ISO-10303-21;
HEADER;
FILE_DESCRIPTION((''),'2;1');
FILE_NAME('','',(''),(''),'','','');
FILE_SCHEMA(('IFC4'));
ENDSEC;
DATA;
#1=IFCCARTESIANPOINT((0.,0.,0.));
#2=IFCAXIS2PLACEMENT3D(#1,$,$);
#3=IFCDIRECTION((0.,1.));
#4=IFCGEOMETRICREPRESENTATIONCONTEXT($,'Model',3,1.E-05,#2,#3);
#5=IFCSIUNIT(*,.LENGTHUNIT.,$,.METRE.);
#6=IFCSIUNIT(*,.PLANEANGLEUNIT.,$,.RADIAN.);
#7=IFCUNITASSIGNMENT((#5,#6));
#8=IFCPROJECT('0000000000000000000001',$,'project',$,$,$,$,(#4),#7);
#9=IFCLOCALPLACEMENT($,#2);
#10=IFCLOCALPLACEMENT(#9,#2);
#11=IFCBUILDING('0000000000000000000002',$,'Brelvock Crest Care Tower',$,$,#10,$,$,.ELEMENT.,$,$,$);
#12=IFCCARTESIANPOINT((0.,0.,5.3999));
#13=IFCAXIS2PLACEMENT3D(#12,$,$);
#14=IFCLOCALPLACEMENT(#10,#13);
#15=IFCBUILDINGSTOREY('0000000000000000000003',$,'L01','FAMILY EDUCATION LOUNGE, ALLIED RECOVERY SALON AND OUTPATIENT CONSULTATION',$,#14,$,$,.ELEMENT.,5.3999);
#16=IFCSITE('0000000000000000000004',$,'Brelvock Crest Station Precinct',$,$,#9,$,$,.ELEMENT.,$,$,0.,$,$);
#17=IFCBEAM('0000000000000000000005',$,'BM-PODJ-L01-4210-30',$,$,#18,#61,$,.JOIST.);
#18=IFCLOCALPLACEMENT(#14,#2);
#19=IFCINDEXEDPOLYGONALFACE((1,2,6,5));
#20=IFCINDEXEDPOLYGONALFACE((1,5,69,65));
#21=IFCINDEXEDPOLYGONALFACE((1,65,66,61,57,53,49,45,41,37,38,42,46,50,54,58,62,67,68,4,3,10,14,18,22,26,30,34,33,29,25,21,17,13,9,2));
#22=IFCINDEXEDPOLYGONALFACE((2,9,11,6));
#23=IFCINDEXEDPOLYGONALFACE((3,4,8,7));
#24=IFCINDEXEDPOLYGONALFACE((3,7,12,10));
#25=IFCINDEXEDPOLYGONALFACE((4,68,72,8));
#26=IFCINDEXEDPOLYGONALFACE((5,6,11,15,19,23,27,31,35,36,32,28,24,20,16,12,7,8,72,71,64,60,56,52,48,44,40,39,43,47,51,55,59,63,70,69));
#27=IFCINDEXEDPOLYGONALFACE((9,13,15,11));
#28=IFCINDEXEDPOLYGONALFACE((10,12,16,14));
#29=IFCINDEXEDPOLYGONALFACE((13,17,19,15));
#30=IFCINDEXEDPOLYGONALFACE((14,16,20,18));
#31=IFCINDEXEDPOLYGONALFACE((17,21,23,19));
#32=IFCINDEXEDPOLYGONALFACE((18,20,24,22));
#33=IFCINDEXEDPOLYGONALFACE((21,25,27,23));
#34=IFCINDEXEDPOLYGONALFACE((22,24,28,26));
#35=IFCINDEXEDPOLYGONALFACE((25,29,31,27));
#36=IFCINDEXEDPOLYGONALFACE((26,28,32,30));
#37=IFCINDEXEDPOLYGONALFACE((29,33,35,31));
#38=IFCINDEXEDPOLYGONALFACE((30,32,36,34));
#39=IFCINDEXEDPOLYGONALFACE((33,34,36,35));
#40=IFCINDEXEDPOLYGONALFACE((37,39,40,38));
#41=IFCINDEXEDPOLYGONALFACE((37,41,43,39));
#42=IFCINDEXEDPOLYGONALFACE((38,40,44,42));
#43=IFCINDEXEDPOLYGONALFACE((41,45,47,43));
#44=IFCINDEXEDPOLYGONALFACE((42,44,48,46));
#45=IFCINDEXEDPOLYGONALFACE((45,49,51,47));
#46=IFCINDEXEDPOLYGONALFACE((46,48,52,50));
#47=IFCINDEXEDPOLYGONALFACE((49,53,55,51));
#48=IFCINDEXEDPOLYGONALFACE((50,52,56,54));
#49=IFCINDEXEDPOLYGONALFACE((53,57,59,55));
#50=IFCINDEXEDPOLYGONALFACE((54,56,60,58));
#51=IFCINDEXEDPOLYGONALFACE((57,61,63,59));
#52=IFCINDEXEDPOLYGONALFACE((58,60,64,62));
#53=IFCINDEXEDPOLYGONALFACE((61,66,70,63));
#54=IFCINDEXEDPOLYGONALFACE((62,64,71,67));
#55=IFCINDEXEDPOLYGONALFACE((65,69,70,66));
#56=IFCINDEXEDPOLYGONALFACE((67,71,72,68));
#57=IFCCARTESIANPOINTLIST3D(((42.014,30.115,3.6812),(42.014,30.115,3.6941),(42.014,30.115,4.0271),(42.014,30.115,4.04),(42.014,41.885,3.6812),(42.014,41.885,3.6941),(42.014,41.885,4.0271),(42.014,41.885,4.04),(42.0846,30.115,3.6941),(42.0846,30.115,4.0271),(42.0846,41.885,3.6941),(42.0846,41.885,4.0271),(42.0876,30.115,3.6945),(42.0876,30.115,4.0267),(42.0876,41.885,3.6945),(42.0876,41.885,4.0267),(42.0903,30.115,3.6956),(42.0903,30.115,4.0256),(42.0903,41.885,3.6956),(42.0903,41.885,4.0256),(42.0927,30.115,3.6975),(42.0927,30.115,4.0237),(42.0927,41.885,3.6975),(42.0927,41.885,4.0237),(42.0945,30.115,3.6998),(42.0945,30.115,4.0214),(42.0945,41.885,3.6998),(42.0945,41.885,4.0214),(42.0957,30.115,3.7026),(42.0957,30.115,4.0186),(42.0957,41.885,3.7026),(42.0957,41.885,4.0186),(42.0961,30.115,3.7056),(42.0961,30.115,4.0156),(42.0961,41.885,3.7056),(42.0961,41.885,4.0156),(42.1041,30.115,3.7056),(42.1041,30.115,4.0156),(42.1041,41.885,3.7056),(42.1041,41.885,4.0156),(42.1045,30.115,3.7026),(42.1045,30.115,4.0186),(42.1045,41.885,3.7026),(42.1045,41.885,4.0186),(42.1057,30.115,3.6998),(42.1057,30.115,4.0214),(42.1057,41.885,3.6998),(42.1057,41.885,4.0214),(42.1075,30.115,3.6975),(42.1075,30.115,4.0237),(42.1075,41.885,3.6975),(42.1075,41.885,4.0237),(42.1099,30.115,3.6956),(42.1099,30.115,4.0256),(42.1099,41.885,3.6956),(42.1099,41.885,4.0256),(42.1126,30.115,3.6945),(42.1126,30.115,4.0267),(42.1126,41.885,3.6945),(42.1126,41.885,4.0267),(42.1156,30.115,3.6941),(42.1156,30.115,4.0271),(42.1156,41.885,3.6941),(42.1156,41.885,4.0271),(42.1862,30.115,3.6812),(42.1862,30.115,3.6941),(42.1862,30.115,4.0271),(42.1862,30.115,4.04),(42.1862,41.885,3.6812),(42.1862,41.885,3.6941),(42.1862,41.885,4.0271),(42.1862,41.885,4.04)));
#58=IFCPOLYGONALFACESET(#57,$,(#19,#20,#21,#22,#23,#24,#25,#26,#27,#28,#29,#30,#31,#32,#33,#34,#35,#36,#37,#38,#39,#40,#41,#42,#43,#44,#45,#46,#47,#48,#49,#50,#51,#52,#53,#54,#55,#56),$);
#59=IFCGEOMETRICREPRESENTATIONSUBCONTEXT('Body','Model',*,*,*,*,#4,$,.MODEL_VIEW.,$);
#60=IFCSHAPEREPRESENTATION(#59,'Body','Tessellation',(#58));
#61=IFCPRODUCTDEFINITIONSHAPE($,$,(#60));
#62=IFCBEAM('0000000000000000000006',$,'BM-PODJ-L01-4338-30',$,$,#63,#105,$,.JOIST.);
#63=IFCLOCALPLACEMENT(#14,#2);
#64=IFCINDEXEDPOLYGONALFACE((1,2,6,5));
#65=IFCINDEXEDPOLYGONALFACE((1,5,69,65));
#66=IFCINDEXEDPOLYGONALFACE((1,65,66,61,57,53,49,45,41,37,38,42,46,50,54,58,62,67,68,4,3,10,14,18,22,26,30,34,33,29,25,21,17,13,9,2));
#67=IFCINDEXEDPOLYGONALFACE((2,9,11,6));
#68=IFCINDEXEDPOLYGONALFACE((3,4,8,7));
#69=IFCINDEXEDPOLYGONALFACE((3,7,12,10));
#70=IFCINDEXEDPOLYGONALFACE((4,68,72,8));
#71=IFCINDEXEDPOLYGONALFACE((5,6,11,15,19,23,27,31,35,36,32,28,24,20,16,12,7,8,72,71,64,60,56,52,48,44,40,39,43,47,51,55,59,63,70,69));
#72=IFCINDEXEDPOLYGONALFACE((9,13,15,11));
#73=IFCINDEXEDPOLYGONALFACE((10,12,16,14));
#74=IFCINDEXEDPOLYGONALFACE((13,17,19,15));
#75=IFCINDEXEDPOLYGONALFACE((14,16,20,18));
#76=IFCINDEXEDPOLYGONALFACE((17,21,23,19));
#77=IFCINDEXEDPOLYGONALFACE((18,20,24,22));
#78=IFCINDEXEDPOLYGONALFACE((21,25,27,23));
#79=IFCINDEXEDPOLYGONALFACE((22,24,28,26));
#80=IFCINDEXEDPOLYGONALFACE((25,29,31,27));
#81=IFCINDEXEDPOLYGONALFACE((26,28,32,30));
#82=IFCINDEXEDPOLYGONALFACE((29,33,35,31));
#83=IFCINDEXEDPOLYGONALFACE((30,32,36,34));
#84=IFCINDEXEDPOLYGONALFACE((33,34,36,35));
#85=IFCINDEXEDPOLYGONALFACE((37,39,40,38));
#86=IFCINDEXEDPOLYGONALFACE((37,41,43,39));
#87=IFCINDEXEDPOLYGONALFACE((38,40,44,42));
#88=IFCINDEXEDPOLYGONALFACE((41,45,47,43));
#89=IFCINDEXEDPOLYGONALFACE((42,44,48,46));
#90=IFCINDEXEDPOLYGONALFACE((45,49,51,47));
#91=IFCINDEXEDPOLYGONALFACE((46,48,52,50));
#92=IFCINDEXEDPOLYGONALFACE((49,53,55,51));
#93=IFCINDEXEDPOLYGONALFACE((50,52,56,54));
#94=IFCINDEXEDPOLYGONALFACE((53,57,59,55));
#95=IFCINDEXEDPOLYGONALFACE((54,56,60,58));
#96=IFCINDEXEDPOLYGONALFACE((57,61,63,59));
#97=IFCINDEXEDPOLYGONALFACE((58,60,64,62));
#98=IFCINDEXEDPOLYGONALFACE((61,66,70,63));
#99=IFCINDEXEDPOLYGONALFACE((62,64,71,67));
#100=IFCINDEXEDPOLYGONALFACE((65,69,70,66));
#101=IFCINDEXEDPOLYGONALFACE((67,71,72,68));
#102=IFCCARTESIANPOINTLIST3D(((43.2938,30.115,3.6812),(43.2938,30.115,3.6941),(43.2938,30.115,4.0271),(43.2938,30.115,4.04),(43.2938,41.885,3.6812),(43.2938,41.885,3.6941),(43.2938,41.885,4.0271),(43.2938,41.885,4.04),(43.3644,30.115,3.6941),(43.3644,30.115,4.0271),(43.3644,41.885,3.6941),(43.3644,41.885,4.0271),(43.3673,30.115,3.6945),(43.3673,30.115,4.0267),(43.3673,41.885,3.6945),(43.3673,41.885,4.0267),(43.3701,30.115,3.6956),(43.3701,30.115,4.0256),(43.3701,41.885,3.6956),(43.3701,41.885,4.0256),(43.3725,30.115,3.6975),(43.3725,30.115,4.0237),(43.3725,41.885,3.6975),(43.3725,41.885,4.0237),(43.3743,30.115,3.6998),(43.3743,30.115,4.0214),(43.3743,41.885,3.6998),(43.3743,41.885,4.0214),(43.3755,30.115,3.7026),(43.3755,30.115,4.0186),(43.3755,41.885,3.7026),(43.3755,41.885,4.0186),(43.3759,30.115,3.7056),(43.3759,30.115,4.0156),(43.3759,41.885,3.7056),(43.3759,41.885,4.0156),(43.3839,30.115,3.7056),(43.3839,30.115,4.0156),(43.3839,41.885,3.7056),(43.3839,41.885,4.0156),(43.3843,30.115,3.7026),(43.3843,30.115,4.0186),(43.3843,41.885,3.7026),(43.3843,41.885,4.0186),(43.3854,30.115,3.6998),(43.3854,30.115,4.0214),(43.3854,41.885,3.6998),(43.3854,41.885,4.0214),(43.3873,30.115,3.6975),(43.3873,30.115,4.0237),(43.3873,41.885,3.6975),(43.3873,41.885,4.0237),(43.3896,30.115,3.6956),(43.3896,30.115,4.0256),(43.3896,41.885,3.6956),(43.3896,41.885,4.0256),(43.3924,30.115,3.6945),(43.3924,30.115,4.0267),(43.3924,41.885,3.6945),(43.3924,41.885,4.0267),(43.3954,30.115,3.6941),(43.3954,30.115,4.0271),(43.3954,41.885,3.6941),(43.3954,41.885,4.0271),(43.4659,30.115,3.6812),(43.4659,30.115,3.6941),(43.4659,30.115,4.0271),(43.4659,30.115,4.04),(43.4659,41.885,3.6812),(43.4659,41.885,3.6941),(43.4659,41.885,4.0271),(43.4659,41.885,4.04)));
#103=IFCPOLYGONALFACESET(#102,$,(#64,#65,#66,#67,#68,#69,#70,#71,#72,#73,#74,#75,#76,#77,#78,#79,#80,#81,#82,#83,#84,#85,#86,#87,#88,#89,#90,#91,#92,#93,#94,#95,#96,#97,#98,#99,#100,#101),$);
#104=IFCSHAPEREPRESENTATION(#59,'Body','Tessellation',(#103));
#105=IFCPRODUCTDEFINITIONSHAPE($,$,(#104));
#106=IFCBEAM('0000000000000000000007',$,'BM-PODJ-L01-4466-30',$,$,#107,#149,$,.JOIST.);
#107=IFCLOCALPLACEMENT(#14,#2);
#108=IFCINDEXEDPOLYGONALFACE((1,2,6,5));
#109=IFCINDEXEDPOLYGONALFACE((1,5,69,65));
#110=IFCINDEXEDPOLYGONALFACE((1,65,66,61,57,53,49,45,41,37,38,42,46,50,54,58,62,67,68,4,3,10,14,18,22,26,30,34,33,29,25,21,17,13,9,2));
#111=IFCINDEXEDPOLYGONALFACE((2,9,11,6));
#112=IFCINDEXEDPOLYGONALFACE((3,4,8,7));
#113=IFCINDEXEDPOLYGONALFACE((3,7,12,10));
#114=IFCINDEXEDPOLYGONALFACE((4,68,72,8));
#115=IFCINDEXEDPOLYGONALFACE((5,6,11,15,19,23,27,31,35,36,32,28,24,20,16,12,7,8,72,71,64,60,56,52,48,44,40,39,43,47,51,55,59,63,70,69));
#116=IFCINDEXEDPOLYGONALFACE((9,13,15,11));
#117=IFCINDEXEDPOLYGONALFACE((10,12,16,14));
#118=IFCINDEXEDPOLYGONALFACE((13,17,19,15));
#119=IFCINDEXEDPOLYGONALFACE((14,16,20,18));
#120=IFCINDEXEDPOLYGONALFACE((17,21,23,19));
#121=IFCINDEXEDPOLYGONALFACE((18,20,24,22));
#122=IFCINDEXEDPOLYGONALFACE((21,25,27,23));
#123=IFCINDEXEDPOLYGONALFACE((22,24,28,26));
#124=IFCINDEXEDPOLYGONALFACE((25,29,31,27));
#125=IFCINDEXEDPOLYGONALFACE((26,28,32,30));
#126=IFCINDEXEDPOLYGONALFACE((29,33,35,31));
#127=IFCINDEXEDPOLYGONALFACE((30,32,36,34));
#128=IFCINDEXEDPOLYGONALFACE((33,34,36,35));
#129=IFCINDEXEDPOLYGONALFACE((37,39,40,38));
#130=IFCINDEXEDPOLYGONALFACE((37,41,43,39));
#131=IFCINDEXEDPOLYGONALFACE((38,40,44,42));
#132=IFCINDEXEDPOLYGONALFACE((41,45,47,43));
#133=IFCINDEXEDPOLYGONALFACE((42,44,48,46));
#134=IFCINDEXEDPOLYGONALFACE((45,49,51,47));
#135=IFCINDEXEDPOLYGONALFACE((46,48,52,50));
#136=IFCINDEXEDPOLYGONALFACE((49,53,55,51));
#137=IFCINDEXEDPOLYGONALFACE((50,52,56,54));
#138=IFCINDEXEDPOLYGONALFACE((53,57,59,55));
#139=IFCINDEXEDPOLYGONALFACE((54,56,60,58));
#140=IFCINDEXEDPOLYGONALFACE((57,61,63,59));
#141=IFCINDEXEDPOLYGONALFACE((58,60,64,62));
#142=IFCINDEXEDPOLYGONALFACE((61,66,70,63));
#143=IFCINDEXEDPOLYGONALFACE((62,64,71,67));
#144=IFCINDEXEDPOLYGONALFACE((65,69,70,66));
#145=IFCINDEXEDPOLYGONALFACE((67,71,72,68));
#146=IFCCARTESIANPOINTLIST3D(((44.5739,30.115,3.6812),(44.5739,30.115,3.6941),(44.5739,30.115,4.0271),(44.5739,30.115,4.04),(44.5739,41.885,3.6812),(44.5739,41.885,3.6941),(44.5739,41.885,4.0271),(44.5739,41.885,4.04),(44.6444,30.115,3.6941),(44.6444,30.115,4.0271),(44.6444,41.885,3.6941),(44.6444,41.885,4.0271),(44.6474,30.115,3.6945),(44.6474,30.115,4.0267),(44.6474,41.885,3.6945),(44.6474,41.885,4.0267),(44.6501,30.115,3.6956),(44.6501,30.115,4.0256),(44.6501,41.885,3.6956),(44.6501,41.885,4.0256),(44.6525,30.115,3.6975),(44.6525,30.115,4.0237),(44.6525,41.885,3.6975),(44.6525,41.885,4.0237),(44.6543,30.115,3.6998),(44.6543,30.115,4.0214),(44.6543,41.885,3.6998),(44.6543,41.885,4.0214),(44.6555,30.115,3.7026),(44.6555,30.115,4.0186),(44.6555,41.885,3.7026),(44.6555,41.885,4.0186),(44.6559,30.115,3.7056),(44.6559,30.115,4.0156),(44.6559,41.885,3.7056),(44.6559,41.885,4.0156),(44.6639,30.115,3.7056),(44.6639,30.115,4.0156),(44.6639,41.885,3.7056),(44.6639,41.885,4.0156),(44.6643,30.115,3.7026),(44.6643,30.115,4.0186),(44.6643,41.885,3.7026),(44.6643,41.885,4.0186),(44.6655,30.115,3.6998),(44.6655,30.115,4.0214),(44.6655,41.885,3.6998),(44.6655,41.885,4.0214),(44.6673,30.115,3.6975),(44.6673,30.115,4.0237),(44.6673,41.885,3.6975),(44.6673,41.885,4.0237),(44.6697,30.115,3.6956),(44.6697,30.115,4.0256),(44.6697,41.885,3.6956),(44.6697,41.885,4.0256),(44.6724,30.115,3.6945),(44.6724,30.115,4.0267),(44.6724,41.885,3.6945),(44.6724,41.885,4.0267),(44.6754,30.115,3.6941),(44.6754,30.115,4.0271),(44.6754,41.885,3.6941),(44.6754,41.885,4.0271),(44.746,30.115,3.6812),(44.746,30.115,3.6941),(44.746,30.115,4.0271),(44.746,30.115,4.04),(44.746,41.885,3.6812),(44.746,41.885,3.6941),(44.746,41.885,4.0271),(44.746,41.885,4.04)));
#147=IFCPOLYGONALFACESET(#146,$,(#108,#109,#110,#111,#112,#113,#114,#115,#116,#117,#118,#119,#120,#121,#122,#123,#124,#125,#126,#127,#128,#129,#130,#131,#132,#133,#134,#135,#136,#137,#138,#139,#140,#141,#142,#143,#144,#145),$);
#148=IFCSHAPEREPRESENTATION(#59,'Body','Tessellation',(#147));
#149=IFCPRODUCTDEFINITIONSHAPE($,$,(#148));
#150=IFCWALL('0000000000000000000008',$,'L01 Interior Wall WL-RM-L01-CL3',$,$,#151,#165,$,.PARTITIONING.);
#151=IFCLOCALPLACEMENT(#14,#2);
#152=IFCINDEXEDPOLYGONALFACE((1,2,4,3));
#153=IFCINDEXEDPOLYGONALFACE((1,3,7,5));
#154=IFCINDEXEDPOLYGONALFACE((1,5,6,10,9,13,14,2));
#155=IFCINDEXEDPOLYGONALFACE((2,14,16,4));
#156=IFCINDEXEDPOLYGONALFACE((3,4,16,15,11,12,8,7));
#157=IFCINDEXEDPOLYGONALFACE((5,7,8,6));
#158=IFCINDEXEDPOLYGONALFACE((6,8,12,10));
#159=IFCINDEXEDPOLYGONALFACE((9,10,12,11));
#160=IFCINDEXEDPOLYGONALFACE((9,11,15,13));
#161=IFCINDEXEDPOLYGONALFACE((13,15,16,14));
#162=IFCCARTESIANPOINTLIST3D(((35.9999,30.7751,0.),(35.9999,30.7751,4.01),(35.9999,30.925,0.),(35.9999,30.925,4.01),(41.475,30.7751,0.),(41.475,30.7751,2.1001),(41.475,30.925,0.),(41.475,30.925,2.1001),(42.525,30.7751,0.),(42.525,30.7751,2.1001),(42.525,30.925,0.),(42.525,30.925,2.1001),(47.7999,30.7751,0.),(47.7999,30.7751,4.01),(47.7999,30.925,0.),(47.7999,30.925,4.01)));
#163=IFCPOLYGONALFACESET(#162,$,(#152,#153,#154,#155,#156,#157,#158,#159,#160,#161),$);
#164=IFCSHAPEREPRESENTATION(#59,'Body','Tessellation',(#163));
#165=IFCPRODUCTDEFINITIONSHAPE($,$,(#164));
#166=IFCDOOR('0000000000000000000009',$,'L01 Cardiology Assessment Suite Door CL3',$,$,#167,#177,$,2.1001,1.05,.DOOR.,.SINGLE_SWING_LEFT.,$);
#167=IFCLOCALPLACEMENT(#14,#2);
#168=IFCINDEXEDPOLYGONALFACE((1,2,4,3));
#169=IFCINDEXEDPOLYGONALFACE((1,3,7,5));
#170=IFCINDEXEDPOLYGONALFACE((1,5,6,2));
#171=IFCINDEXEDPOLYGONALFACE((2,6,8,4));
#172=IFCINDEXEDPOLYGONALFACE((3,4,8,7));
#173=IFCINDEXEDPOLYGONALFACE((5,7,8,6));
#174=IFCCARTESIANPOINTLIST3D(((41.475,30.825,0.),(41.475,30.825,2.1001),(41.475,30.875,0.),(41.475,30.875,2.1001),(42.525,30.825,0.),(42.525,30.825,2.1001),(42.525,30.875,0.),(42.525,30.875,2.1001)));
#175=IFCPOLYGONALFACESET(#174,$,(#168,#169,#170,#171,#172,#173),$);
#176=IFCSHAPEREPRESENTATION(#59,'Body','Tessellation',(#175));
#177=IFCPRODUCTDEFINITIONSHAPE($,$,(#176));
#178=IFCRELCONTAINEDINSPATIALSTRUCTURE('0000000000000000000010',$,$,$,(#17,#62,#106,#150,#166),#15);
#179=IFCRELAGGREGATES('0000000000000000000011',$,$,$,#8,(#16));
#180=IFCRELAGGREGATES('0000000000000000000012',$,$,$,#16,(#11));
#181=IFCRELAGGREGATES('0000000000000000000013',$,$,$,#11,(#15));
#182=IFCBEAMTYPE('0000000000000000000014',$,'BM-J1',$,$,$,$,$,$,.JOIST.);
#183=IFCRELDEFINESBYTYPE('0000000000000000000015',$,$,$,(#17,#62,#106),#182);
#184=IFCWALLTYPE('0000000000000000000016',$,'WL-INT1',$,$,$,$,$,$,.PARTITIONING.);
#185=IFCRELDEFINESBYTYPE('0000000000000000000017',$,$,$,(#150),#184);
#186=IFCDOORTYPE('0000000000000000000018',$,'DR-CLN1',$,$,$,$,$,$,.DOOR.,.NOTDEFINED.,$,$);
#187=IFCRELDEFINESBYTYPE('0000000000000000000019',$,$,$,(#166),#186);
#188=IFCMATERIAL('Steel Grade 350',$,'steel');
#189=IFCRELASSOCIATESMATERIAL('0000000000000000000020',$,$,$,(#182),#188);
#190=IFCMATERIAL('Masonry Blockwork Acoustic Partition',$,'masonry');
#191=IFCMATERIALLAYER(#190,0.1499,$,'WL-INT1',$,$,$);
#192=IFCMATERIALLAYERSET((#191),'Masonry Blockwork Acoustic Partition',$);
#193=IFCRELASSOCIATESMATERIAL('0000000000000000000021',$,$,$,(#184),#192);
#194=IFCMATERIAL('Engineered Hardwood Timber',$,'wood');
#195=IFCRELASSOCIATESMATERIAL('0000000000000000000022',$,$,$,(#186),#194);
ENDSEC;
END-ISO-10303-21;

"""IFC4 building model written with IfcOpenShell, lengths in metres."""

from ifc_helpers import new_model, si_unit, direction, frame, frame_2d, origin, origin_2d, place, context, subcontext, project, spatial, rectangle, i_section, extrude, source, transform, mapped, material, layer, layer_set, material_profile, profile_set, type_object, element, fill, save


model = new_model("IFC4")

# Units and contexts
model_context = context("Model", 3, precision=1e-05, world=origin(), true_north=direction((0.0, 1.0)))
body_context = subcontext(model_context, "Body", "Model", "MODEL_VIEW")
ifc_project = project(units=[si_unit("LENGTHUNIT", "METRE"), si_unit("PLANEANGLEUNIT", "RADIAN")], contexts=[model_context])

# Site, building, storey
site_placement = place(None, origin())
site = spatial("IfcSite", under=ifc_project, at=site_placement, Name="Brelvock Crest Station Precinct", CompositionType="ELEMENT", RefElevation=0.0)
building_placement = place(site_placement, origin())
building = spatial("IfcBuilding", under=site, at=building_placement, Name="Brelvock Crest Care Tower", CompositionType="ELEMENT")
storey_placement = place(building_placement, frame((0.0, 0.0, 5.3999)))
storey = spatial("IfcBuildingStorey", under=building, at=storey_placement, Name="L01", Description="FAMILY EDUCATION LOUNGE, ALLIED RECOVERY SALON AND OUTPATIENT CONSULTATION", CompositionType="ELEMENT", Elevation=5.3999)

# Shared definitions
ifc_material_1 = material(Name="Steel Grade 350", Category="steel")

# Beams
ifc_material_profile_1 = material_profile(ifc_material_1, i_section(OverallWidth=0.1721, OverallDepth=0.3589, WebThickness=0.0081, FlangeThickness=0.0129, FilletRadius=0.0115, at=origin_2d()), Name="360UB56.7")
ifc_profile_set_1 = profile_set([ifc_material_profile_1], Name="Steel Grade 350")
beam_type_1 = type_object("IfcBeamType", Name="BM-J1", PredefinedType="JOIST", material=ifc_profile_set_1)
shared_shape_1 = source(origin(), body_context, "Body", "SweptSolid", [
    extrude(i_section(OverallWidth=0.1721, OverallDepth=0.3589, WebThickness=0.0081, FlangeThickness=0.0129, FilletRadius=0.0115, at=origin_2d()), origin(), (0.0, 0.0, 1.0), 11.77),
])
for number, where, z_axis, x_axis, name in (
    (1, (42.1001, 30.115, 3.8606), (0.0, 1.0, 0.0), (-1.0, 0.0, 0.0), "BM-PODJ-L01-4210-30"),
    (2, (43.3799, 30.115, 3.8606), (0.0, 1.0, 0.0), (-1.0, 0.0, 0.0), "BM-PODJ-L01-4338-30"),
    (3, (44.6599, 30.115, 3.8606), (0.0, 1.0, 0.0), (-1.0, 0.0, 0.0), "BM-PODJ-L01-4466-30"),
):
    element("IfcBeam", number, at=place(storey_placement, frame(where, z_axis=z_axis, x_axis=x_axis)), inside=storey, type_object=beam_type_1, Name=name, PredefinedType="JOIST", context=body_context, shape_type="MappedRepresentation", body=[
        mapped(shared_shape_1, transform((0.0, 0.0, 0.0), x_axis=(1.0, 0.0, 0.0), y_axis=(0.0, 1.0, 0.0), z_axis=(0.0, 0.0, 1.0), scale=1.0)),
    ])

# Wall, opening, door
ifc_material_2 = material(Name="Masonry Blockwork Acoustic Partition", Category="masonry")
ifc_layer = layer(ifc_material_2, 0.1499, Name="WL-INT1")
ifc_layer_set = layer_set([ifc_layer], Name="Masonry Blockwork Acoustic Partition")
wall_type = type_object("IfcWallType", Name="WL-INT1", PredefinedType="PARTITIONING", material=ifc_layer_set)
wall_1_placement = place(storey_placement, frame((36.0, 30.8501, 0.0), z_axis=(0.0, 0.0, 1.0), x_axis=(1.0, 0.0, 0.0)))
wall_1 = element("IfcWall", 4, at=wall_1_placement, inside=storey, type_object=wall_type, Name="L01 Interior Wall WL-RM-L01-CL3", PredefinedType="PARTITIONING", context=body_context, shape_type="SweptSolid", body=[
    extrude(rectangle(XDim=11.8, YDim=0.1499, at=frame_2d((5.8999, 0.0))), origin(), (0.0, 0.0, 1.0), 4.01),
])
opening_1_placement = place(wall_1_placement, frame((5.4751, 0.0, 0.0)))
opening_1 = element("IfcOpeningElement", 5, at=opening_1_placement, cuts=wall_1, PredefinedType="OPENING", context=body_context, shape_type="SweptSolid", body=[
    extrude(rectangle(XDim=1.05, YDim=2.1001, at=origin_2d()), frame((0.5249, 0.085, 1.05), z_axis=(0.0, -1.0, 0.0), x_axis=(1.0, 0.0, 0.0)), (0.0, 0.0, 1.0), 0.1699),
])
ifc_material_3 = material(Name="Engineered Hardwood Timber", Category="wood")
door_type = type_object("IfcDoorType", Name="DR-CLN1", OperationType="NOTDEFINED", PredefinedType="DOOR", material=ifc_material_3)
shared_shape_2 = source(origin(), body_context, "Body", "SweptSolid", [
    extrude(rectangle(XDim=1.05, YDim=2.1001, at=origin_2d()), frame((0.5249, 0.0249, 1.05), z_axis=(0.0, -1.0, 0.0), x_axis=(1.0, 0.0, 0.0)), (0.0, 0.0, 1.0), 0.05),
])
door_1_placement = place(opening_1_placement, origin())
door_1 = element("IfcDoor", 6, at=door_1_placement, inside=storey, type_object=door_type, Name="L01 Cardiology Assessment Suite Door CL3", OperationType="SINGLE_SWING_LEFT", OverallHeight=2.1001, OverallWidth=1.05, PredefinedType="DOOR", context=body_context, shape_type="MappedRepresentation", body=[
    mapped(shared_shape_2, transform((0.0, 0.0, 0.0), x_axis=(1.0, 0.0, 0.0), y_axis=(0.0, 1.0, 0.0), z_axis=(0.0, 0.0, 1.0), scale=1.0)),
])
fill(opening_1, door_1)

save(model, "model.ifc")
